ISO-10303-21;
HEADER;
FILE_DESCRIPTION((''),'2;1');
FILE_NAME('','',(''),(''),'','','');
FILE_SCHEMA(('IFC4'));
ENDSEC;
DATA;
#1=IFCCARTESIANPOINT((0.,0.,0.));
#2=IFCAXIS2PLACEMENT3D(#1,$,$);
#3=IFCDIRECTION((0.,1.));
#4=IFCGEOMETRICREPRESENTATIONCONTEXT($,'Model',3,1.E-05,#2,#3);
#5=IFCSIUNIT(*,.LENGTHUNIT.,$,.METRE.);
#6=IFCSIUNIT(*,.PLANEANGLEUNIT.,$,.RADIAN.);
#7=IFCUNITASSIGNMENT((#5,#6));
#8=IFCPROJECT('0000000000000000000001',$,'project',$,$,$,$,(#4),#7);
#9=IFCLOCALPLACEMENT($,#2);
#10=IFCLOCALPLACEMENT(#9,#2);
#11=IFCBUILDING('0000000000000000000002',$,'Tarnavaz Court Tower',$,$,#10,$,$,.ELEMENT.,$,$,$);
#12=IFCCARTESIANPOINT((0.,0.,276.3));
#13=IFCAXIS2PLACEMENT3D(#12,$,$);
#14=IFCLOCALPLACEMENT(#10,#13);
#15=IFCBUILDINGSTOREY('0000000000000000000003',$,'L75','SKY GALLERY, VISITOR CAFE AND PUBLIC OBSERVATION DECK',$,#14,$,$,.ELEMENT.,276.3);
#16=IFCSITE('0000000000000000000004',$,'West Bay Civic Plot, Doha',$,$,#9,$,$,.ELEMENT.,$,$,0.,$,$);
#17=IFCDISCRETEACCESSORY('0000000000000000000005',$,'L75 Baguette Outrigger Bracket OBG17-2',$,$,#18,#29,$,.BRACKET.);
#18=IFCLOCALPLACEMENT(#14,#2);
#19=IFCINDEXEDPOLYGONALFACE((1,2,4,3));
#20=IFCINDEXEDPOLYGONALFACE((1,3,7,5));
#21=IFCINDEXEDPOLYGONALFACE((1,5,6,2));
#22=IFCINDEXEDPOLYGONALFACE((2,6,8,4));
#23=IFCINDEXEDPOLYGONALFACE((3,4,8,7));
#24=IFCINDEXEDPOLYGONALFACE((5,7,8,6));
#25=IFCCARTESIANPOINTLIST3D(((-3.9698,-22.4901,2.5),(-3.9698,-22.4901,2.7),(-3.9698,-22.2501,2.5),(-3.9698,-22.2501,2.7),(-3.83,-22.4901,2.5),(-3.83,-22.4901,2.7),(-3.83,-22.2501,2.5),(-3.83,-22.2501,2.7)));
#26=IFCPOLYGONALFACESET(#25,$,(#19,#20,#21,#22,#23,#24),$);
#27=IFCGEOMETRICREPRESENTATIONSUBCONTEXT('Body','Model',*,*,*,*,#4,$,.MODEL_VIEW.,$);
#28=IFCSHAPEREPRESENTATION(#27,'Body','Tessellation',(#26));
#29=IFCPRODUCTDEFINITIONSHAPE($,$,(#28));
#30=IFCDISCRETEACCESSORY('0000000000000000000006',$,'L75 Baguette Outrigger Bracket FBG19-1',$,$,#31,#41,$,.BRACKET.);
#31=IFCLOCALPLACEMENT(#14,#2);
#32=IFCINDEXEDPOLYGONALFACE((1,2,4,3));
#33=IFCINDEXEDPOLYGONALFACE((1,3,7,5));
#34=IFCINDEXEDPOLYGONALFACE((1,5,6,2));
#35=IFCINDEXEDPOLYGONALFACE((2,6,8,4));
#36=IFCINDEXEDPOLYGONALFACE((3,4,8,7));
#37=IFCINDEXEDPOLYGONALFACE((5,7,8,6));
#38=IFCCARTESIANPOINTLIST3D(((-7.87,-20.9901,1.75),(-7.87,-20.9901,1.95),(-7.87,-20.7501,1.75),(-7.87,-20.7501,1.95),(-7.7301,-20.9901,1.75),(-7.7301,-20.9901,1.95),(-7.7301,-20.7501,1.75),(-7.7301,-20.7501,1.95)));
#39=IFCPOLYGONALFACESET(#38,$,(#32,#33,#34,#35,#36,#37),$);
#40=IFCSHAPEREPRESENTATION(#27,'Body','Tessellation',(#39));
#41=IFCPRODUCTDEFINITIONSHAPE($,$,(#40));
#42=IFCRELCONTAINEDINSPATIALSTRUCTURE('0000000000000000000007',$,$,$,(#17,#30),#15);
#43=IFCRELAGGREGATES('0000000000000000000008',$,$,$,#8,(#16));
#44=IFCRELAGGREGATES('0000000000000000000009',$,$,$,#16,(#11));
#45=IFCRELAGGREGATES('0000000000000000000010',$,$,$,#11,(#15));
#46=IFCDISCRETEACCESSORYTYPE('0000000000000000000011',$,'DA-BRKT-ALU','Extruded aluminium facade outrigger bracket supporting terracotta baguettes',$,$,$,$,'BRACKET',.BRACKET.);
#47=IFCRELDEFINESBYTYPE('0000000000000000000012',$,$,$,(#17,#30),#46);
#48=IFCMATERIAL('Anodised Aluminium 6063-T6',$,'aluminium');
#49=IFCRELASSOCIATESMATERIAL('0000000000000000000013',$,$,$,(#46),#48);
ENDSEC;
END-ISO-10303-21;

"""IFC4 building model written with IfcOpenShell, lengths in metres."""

from ifc_helpers import new_model, si_unit, direction, frame, origin, origin_2d, place, context, subcontext, project, spatial, rectangle, extrude, material, type_object, element, save


model = new_model("IFC4")

# Units and contexts
model_context = context("Model", 3, precision=1e-05, world=origin(), true_north=direction((0.0, 1.0)))
body_context = subcontext(model_context, "Body", "Model", "MODEL_VIEW")
ifc_project = project(units=[si_unit("LENGTHUNIT", "METRE"), si_unit("PLANEANGLEUNIT", "RADIAN")], contexts=[model_context])

# Site, building, storey
site_placement = place(None, origin())
site = spatial("IfcSite", under=ifc_project, at=site_placement, Name="West Bay Civic Plot, Doha", CompositionType="ELEMENT", RefElevation=0.0)
building_placement = place(site_placement, origin())
building = spatial("IfcBuilding", under=site, at=building_placement, Name="Tarnavaz Court Tower", CompositionType="ELEMENT")
storey_placement = place(building_placement, frame((0.0, 0.0, 276.3)))
storey = spatial("IfcBuildingStorey", under=building, at=storey_placement, Name="L75", Description="SKY GALLERY, VISITOR CAFE AND PUBLIC OBSERVATION DECK", CompositionType="ELEMENT", Elevation=276.3)

# Shared definitions
ifc_material_1 = material(Name="Anodised Aluminium 6063-T6", Category="aluminium")

# Discrete accessories
discrete_accessory_type = type_object("IfcDiscreteAccessoryType", Name="DA-BRKT-ALU", Description="Extruded aluminium facade outrigger bracket supporting terracotta baguettes", ElementType="BRACKET", PredefinedType="BRACKET", material=ifc_material_1)
for number, where, z_axis, x_axis, name in (
    (1, (-3.8999, -22.3701, 2.5), (0.0, 0.0, 1.0), (-1.0, 0.0, 0.0), "L75 Baguette Outrigger Bracket OBG17-2"),
    (2, (-7.8, -20.8701, 1.75), (0.0, 0.0, 1.0), (-1.0, 0.0, 0.0), "L75 Baguette Outrigger Bracket FBG19-1"),
):
    element("IfcDiscreteAccessory", number, at=place(storey_placement, frame(where, z_axis=z_axis, x_axis=x_axis)), inside=storey, type_object=discrete_accessory_type, Name=name, PredefinedType="BRACKET", context=body_context, shape_type="SweptSolid", body=[
        extrude(rectangle(XDim=0.1399, YDim=0.24, at=origin_2d()), origin(), (0.0, 0.0, 1.0), 0.2),
    ])

save(model, "model.ifc")
